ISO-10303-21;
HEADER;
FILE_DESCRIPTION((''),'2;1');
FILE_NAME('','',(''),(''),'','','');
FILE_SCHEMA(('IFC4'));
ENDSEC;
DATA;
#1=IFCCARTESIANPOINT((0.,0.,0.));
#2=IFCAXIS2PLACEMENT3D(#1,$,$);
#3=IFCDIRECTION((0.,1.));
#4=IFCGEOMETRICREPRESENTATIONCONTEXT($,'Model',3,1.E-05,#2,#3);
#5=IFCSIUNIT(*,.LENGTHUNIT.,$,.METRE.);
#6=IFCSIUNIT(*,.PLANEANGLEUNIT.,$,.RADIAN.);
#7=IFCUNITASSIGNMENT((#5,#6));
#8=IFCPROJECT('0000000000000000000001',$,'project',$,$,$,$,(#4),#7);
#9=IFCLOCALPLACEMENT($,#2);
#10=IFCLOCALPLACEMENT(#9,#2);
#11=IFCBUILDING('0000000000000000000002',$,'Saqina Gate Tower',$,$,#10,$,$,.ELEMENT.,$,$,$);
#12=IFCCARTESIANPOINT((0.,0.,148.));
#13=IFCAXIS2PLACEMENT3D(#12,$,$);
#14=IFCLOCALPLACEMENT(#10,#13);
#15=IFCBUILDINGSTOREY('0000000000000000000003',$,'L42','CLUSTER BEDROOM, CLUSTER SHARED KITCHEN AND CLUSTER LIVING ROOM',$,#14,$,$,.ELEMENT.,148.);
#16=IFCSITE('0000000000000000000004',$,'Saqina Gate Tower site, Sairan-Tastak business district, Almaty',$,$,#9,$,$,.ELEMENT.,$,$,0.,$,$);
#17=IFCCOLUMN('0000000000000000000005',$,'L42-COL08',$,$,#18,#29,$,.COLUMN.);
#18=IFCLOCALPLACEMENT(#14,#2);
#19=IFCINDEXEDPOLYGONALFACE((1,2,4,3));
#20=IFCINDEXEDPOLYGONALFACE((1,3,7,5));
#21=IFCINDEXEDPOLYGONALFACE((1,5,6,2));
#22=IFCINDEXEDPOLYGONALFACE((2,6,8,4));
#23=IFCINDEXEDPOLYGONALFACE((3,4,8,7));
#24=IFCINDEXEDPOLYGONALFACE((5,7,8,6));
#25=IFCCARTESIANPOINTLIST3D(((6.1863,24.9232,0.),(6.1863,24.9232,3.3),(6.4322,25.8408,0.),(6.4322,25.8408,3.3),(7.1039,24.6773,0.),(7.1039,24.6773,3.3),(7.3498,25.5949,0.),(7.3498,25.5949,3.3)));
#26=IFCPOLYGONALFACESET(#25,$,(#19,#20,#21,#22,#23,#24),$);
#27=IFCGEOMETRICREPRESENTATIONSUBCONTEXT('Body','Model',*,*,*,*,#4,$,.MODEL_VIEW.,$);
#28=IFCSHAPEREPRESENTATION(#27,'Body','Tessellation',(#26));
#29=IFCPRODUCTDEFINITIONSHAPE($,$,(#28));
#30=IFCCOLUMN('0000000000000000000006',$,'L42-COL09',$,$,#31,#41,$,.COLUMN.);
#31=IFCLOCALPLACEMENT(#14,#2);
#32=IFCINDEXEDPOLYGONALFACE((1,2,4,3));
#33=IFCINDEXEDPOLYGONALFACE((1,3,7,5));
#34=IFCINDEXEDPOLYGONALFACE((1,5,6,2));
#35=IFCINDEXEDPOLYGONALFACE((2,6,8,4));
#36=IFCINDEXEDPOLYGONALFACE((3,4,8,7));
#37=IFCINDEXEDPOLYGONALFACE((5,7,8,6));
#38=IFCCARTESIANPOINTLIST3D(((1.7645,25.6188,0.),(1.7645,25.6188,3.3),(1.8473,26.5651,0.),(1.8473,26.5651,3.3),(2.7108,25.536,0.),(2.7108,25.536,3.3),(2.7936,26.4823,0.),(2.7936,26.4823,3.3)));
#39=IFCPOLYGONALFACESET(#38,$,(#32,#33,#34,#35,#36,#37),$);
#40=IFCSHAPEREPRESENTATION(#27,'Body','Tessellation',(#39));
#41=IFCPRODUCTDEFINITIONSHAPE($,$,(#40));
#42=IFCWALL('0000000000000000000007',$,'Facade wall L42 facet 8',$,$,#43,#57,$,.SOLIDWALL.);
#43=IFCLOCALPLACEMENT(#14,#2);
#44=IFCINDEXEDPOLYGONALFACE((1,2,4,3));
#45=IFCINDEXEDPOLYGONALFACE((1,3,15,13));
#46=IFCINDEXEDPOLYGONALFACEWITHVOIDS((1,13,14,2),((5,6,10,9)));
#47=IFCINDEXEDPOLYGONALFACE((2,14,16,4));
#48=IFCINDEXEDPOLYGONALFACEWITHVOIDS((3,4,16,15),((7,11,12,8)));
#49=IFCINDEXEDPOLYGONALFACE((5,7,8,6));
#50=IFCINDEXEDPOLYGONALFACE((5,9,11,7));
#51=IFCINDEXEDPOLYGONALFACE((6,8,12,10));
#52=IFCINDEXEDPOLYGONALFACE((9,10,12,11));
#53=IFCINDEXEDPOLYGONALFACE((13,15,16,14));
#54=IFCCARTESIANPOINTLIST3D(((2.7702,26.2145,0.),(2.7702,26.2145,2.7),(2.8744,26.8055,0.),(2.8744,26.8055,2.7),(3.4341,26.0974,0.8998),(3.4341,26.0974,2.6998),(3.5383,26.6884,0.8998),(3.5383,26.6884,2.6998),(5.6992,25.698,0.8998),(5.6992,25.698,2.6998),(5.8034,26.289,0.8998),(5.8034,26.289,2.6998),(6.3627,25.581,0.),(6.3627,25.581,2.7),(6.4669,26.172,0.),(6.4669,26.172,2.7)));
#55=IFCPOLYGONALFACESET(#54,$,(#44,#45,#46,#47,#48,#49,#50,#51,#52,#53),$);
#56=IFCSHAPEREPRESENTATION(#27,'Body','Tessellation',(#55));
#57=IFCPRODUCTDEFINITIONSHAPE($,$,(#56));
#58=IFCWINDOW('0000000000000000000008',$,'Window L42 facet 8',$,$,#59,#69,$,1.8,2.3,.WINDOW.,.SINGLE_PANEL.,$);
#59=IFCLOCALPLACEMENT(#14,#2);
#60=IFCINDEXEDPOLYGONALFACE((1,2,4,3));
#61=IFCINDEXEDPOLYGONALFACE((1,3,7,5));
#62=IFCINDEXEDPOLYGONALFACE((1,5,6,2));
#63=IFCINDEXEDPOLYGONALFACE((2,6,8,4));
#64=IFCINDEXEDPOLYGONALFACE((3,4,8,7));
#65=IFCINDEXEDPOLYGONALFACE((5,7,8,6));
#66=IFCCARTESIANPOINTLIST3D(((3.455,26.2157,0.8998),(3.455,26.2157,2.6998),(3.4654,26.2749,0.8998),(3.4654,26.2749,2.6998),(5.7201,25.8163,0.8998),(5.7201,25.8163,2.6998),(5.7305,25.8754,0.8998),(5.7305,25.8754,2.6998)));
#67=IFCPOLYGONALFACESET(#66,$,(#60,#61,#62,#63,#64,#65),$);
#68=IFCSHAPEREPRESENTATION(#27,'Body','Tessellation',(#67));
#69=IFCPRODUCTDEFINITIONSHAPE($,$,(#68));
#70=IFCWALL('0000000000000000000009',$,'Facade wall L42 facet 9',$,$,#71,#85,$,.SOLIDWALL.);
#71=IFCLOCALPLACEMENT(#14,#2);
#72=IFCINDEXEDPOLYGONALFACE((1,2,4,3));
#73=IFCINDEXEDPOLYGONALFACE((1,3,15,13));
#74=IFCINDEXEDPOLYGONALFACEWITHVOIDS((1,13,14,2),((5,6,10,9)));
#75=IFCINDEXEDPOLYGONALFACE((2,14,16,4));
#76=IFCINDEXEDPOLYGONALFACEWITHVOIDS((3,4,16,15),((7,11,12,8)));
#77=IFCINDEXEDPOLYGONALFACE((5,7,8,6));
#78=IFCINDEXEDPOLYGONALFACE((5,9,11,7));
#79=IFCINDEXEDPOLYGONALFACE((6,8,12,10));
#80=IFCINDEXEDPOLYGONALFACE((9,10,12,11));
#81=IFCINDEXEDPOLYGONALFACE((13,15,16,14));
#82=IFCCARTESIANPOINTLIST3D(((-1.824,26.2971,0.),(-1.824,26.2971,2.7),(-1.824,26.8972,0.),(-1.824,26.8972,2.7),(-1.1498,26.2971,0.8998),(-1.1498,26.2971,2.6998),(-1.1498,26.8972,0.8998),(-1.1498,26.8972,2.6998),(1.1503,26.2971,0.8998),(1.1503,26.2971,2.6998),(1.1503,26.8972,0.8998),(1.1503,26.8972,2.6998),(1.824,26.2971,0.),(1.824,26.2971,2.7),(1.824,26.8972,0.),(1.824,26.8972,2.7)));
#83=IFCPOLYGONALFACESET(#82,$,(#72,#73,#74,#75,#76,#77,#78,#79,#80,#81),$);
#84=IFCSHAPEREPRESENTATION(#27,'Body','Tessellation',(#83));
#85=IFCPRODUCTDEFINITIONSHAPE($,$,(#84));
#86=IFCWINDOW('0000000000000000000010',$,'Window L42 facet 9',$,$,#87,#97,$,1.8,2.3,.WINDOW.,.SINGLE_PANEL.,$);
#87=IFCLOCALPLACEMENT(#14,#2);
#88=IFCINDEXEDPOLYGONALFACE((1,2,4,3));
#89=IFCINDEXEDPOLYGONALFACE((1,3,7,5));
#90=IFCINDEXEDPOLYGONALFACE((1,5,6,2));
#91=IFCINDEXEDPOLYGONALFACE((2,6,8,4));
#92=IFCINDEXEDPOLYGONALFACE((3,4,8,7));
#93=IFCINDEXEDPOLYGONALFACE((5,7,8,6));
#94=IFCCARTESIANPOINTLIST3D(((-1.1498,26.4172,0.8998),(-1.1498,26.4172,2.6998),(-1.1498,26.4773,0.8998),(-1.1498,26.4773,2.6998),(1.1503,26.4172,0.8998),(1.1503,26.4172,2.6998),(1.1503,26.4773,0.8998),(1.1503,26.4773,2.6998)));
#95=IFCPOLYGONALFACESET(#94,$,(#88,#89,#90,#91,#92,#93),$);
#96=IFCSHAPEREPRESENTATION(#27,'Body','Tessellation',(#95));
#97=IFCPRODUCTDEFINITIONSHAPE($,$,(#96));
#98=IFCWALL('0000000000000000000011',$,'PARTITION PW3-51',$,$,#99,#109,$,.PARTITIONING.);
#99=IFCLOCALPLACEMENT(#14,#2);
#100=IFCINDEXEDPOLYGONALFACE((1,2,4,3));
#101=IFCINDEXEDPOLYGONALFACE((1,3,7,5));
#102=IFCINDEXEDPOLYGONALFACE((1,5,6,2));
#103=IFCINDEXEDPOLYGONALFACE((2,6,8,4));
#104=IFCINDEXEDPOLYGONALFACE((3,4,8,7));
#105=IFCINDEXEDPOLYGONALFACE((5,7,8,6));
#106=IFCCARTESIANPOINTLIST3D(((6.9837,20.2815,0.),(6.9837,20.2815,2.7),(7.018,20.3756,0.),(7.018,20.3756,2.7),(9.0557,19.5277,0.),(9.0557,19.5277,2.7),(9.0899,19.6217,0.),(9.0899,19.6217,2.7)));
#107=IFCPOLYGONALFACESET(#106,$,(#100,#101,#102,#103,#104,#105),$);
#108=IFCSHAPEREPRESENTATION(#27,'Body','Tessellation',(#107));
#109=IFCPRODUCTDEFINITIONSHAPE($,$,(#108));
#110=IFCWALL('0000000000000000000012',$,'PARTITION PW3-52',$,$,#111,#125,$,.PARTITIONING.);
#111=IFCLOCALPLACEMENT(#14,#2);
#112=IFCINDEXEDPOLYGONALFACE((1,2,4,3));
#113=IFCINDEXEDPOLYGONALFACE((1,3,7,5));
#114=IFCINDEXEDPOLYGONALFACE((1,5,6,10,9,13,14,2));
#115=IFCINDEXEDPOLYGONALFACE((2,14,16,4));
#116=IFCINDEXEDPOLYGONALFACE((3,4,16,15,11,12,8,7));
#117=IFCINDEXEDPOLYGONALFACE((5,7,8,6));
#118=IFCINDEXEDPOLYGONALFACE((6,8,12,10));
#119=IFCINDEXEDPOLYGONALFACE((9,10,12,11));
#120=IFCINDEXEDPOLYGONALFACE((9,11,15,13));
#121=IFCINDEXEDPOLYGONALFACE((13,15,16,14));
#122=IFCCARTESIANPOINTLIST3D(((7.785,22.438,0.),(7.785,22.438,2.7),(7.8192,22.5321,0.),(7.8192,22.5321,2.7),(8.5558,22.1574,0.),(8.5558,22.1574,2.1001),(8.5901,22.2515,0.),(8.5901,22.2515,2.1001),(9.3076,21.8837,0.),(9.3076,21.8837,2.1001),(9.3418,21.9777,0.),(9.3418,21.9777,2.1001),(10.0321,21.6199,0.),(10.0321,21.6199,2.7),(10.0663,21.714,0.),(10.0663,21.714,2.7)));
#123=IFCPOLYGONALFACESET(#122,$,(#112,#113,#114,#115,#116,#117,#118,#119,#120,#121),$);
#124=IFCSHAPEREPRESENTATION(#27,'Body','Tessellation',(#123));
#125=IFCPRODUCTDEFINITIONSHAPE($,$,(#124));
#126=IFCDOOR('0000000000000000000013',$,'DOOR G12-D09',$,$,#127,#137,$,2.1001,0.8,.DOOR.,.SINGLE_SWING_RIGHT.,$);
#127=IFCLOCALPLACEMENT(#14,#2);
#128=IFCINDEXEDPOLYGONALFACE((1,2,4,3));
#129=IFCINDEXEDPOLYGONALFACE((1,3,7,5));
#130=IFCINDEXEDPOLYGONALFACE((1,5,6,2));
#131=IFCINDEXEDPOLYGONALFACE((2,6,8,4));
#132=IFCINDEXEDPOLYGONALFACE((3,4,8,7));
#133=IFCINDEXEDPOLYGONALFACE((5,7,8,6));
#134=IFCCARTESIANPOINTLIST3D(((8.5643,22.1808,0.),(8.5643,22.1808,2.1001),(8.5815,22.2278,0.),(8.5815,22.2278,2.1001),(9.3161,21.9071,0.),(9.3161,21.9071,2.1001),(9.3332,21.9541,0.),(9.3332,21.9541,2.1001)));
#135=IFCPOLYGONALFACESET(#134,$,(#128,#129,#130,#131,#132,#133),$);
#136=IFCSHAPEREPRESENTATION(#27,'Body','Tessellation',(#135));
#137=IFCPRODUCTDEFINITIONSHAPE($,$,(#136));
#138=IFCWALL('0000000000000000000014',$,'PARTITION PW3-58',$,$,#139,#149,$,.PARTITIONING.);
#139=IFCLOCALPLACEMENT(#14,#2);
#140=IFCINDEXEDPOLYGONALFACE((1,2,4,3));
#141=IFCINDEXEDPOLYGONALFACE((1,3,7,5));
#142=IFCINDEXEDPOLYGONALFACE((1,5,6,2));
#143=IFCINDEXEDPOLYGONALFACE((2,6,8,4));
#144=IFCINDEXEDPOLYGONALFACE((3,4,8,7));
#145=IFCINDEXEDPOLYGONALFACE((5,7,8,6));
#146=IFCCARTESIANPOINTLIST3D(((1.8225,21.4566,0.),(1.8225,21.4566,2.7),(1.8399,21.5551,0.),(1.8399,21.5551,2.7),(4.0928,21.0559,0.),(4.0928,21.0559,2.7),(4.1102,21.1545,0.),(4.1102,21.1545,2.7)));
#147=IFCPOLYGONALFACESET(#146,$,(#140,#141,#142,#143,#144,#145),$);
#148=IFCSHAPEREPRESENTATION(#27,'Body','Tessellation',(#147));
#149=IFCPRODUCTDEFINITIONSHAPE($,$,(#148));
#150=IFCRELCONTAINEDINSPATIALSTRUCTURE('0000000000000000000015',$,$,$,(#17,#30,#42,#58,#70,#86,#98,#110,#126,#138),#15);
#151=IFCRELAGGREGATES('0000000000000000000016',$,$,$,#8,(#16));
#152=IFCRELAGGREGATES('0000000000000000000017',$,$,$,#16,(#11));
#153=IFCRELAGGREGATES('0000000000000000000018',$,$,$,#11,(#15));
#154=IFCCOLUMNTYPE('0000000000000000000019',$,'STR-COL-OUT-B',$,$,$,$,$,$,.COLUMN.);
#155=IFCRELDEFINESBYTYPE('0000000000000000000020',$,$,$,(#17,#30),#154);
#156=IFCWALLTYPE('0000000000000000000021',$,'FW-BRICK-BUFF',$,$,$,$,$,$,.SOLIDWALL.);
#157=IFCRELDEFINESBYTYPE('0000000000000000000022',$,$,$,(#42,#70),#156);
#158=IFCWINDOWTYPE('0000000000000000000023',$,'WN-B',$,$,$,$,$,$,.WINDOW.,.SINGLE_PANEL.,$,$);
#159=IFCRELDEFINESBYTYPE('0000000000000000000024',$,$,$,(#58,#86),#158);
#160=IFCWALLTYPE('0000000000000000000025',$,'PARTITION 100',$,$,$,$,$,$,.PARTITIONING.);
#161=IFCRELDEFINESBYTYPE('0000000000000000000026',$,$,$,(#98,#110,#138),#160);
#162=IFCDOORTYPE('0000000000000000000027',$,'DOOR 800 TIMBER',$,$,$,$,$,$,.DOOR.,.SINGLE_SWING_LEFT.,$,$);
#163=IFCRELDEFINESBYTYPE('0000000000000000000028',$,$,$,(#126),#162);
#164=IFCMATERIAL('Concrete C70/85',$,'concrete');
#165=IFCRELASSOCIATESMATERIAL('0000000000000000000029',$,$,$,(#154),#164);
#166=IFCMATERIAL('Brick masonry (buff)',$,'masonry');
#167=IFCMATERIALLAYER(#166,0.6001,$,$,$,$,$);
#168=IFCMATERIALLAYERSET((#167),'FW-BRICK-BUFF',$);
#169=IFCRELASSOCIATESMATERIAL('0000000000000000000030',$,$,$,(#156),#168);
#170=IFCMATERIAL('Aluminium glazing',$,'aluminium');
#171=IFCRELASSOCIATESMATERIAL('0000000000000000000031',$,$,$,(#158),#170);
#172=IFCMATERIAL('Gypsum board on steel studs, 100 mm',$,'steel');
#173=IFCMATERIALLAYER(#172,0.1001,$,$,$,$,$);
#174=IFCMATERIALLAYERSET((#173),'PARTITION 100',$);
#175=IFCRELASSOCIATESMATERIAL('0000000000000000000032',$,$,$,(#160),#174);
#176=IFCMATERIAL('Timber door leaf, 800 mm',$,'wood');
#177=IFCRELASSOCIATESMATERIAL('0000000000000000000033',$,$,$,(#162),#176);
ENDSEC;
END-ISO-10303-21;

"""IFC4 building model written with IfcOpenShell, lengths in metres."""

from ifc_helpers import new_model, si_unit, direction, frame, frame_2d, origin, origin_2d, place, context, subcontext, project, spatial, rectangle, extrude, material, layer, layer_set, material_profile, profile_set, type_object, element, fill, save


model = new_model("IFC4")

# Units and contexts
model_context = context("Model", 3, precision=1e-05, world=origin(), true_north=direction((0.0, 1.0)))
body_context = subcontext(model_context, "Body", "Model", "MODEL_VIEW")
ifc_project = project(units=[si_unit("LENGTHUNIT", "METRE"), si_unit("PLANEANGLEUNIT", "RADIAN")], contexts=[model_context])

# Site, building, storey
site_placement = place(None, origin())
site = spatial("IfcSite", under=ifc_project, at=site_placement, Name="Saqina Gate Tower site, Sairan-Tastak business district, Almaty", CompositionType="ELEMENT", RefElevation=0.0)
building_placement = place(site_placement, origin())
building = spatial("IfcBuilding", under=site, at=building_placement, Name="Saqina Gate Tower", CompositionType="ELEMENT")
storey_placement = place(building_placement, frame((0.0, 0.0, 148.0)))
storey = spatial("IfcBuildingStorey", under=building, at=storey_placement, Name="L42", Description="CLUSTER BEDROOM, CLUSTER SHARED KITCHEN AND CLUSTER LIVING ROOM", CompositionType="ELEMENT", Elevation=148.0)

# Columns
ifc_material_1 = material(Name="Concrete C70/85", Category="concrete")
ifc_material_profile = material_profile(ifc_material_1, rectangle(XDim=0.95, YDim=0.95, at=origin_2d()), Name="RC 950x950")
ifc_profile_set = profile_set([ifc_material_profile], Name="Concrete C70/85")
column_type = type_object("IfcColumnType", Name="STR-COL-OUT-B", PredefinedType="COLUMN", material=ifc_profile_set)
for number, where, z_axis, x_axis, name in (
    (1, (6.7681, 25.259, 0.0), (0.0, 0.0, 1.0), (0.258819, 0.965926, 0.0), "L42-COL08"),
    (2, (2.2791, 26.0505, 0.0), (0.0, 0.0, 1.0), (0.087156, 0.996195, 0.0), "L42-COL09"),
):
    element("IfcColumn", number, at=place(storey_placement, frame(where, z_axis=z_axis, x_axis=x_axis)), inside=storey, type_object=column_type, Name=name, PredefinedType="COLUMN", context=body_context, shape_type="SweptSolid", body=[
        extrude(rectangle(XDim=0.95, YDim=0.95, at=origin_2d()), origin(), (0.0, 0.0, 1.0), 3.3),
    ])

# Walls, openings, windows
ifc_material_2 = material(Name="Brick masonry (buff)", Category="masonry")
ifc_layer_1 = layer(ifc_material_2, 0.6001)
ifc_layer_set_1 = layer_set([ifc_layer_1], Name="FW-BRICK-BUFF")
wall_type_1 = type_object("IfcWallType", Name="FW-BRICK-BUFF", PredefinedType="SOLIDWALL", material=ifc_layer_set_1)
wall_1_placement = place(storey_placement, frame((6.4148, 25.8765, 0.0), z_axis=(0.0, 0.0, 1.0), x_axis=(-0.984804, 0.173671, 0.0)))
wall_1 = element("IfcWall", 3, at=wall_1_placement, inside=storey, type_object=wall_type_1, Name="Facade wall L42 facet 8", PredefinedType="SOLIDWALL", context=body_context, shape_type="SweptSolid", body=[
    extrude(rectangle(XDim=3.6479, YDim=0.6001, at=frame_2d((1.824, 0.0))), origin(), (0.0, 0.0, 1.0), 2.7),
])
opening_1_placement = place(wall_1_placement, frame((0.6738, 0.0, 0.8999)))
opening_1 = element("IfcOpeningElement", 4, at=opening_1_placement, cuts=wall_1, PredefinedType="OPENING", context=body_context, shape_type="SweptSolid", body=[
    extrude(rectangle(XDim=2.3, YDim=1.8, at=frame_2d((1.1499, 0.8999))), frame((0.0, 0.312, 0.0), z_axis=(0.0, -1.0, 0.0), x_axis=(1.0, 0.0, 0.0)), (0.0, 0.0, 1.0), 0.624),
])
ifc_material_3 = material(Name="Aluminium glazing", Category="aluminium")
window_type = type_object("IfcWindowType", Name="WN-B", PartitioningType="SINGLE_PANEL", PredefinedType="WINDOW", material=ifc_material_3)
window_1_placement = place(opening_1_placement, origin())
window_1 = element("IfcWindow", 5, at=window_1_placement, inside=storey, type_object=window_type, Name="Window L42 facet 8", OverallHeight=1.8, OverallWidth=2.3, PartitioningType="SINGLE_PANEL", PredefinedType="WINDOW", context=body_context, shape_type="SweptSolid", body=[
    extrude(rectangle(XDim=2.3, YDim=1.8, at=frame_2d((1.1499, 0.8999))), frame((0.0, 0.1799, 0.0), z_axis=(0.0, -1.0, 0.0), x_axis=(1.0, 0.0, 0.0)), (0.0, 0.0, 1.0), 0.0601),
])
fill(opening_1, window_1)
wall_2_placement = place(storey_placement, frame((1.824, 26.5972, 0.0), z_axis=(0.0, 0.0, 1.0), x_axis=(-1.0, 0.0, 0.0)))
wall_2 = element("IfcWall", 6, at=wall_2_placement, inside=storey, type_object=wall_type_1, Name="Facade wall L42 facet 9", PredefinedType="SOLIDWALL", context=body_context, shape_type="SweptSolid", body=[
    extrude(rectangle(XDim=3.6479, YDim=0.6001, at=frame_2d((1.824, 0.0))), origin(), (0.0, 0.0, 1.0), 2.7),
])
opening_2_placement = place(wall_2_placement, frame((0.6738, 0.0, 0.8999)))
opening_2 = element("IfcOpeningElement", 7, at=opening_2_placement, cuts=wall_2, PredefinedType="OPENING", context=body_context, shape_type="SweptSolid", body=[
    extrude(rectangle(XDim=2.3, YDim=1.8, at=frame_2d((1.1499, 0.8999))), frame((0.0, 0.312, 0.0), z_axis=(0.0, -1.0, 0.0), x_axis=(1.0, 0.0, 0.0)), (0.0, 0.0, 1.0), 0.624),
])
window_2_placement = place(opening_2_placement, origin())
window_2 = element("IfcWindow", 8, at=window_2_placement, inside=storey, type_object=window_type, Name="Window L42 facet 9", OverallHeight=1.8, OverallWidth=2.3, PartitioningType="SINGLE_PANEL", PredefinedType="WINDOW", context=body_context, shape_type="SweptSolid", body=[
    extrude(rectangle(XDim=2.3, YDim=1.8, at=frame_2d((1.1499, 0.8999))), frame((0.0, 0.1799, 0.0), z_axis=(0.0, -1.0, 0.0), x_axis=(1.0, 0.0, 0.0)), (0.0, 0.0, 1.0), 0.0601),
])
fill(opening_2, window_2)

# Wall
ifc_material_4 = material(Name="Gypsum board on steel studs, 100 mm", Category="steel")
ifc_layer_2 = layer(ifc_material_4, 0.1001)
ifc_layer_set_2 = layer_set([ifc_layer_2], Name="PARTITION 100")
wall_type_2 = type_object("IfcWallType", Name="PARTITION 100", PredefinedType="PARTITIONING", material=ifc_layer_set_2)
wall_3_placement = place(storey_placement, frame((7.0007, 20.3286, 0.0), z_axis=(0.0, 0.0, 1.0), x_axis=(0.939729, -0.341921, 0.0)))
element("IfcWall", 9, at=wall_3_placement, inside=storey, type_object=wall_type_2, Name="PARTITION PW3-51", PredefinedType="PARTITIONING", context=body_context, shape_type="SweptSolid", body=[
    extrude(rectangle(XDim=2.2048, YDim=0.1001, at=frame_2d((1.1025, 0.0))), origin(), (0.0, 0.0, 1.0), 2.7),
])

# Wall, opening, door
wall_4_placement = place(storey_placement, frame((7.802, 22.4851, 0.0), z_axis=(0.0, 0.0, 1.0), x_axis=(0.939659, -0.342112, 0.0)))
wall_4 = element("IfcWall", 10, at=wall_4_placement, inside=storey, type_object=wall_type_2, Name="PARTITION PW3-52", PredefinedType="PARTITIONING", context=body_context, shape_type="SweptSolid", body=[
    extrude(rectangle(XDim=2.3914, YDim=0.1001, at=frame_2d((1.1958, 0.0))), origin(), (0.0, 0.0, 1.0), 2.7),
])
opening_3_placement = place(wall_4_placement, frame((0.8206, 0.0, 0.0)))
opening_3 = element("IfcOpeningElement", 11, at=opening_3_placement, cuts=wall_4, PredefinedType="OPENING", context=body_context, shape_type="SweptSolid", body=[
    extrude(rectangle(XDim=0.8, YDim=2.1001, at=frame_2d((0.3999, 1.05))), frame((0.0, 0.062, 0.0), z_axis=(0.0, -1.0, 0.0), x_axis=(1.0, 0.0, 0.0)), (0.0, 0.0, 1.0), 0.124),
])
ifc_material_5 = material(Name="Timber door leaf, 800 mm", Category="wood")
door_type_1 = type_object("IfcDoorType", Name="DOOR 800 TIMBER", OperationType="SINGLE_SWING_LEFT", PredefinedType="DOOR", material=ifc_material_5)
door_1_placement = place(opening_3_placement, origin())
door_1 = element("IfcDoor", 12, at=door_1_placement, inside=storey, type_object=door_type_1, Name="DOOR G12-D09", OperationType="SINGLE_SWING_RIGHT", OverallHeight=2.1001, OverallWidth=0.8, PredefinedType="DOOR", context=body_context, shape_type="SweptSolid", body=[
    extrude(rectangle(XDim=0.8, YDim=2.1001, at=frame_2d((0.3999, 1.05))), frame((0.0, 0.0249, 0.0), z_axis=(0.0, -1.0, 0.0), x_axis=(1.0, 0.0, 0.0)), (0.0, 0.0, 1.0), 0.05),
])
fill(opening_3, door_1)

# Wall
wall_5_placement = place(storey_placement, frame((1.8311, 21.5059, 0.0), z_axis=(0.0, 0.0, 1.0), x_axis=(0.984784, -0.173785, 0.0)))
element("IfcWall", 13, at=wall_5_placement, inside=storey, type_object=wall_type_2, Name="PARTITION PW3-58", PredefinedType="PARTITIONING", context=body_context, shape_type="SweptSolid", body=[
    extrude(rectangle(XDim=2.3054, YDim=0.1001, at=frame_2d((1.1528, 0.0))), origin(), (0.0, 0.0, 1.0), 2.7),
])

save(model, "model.ifc")
